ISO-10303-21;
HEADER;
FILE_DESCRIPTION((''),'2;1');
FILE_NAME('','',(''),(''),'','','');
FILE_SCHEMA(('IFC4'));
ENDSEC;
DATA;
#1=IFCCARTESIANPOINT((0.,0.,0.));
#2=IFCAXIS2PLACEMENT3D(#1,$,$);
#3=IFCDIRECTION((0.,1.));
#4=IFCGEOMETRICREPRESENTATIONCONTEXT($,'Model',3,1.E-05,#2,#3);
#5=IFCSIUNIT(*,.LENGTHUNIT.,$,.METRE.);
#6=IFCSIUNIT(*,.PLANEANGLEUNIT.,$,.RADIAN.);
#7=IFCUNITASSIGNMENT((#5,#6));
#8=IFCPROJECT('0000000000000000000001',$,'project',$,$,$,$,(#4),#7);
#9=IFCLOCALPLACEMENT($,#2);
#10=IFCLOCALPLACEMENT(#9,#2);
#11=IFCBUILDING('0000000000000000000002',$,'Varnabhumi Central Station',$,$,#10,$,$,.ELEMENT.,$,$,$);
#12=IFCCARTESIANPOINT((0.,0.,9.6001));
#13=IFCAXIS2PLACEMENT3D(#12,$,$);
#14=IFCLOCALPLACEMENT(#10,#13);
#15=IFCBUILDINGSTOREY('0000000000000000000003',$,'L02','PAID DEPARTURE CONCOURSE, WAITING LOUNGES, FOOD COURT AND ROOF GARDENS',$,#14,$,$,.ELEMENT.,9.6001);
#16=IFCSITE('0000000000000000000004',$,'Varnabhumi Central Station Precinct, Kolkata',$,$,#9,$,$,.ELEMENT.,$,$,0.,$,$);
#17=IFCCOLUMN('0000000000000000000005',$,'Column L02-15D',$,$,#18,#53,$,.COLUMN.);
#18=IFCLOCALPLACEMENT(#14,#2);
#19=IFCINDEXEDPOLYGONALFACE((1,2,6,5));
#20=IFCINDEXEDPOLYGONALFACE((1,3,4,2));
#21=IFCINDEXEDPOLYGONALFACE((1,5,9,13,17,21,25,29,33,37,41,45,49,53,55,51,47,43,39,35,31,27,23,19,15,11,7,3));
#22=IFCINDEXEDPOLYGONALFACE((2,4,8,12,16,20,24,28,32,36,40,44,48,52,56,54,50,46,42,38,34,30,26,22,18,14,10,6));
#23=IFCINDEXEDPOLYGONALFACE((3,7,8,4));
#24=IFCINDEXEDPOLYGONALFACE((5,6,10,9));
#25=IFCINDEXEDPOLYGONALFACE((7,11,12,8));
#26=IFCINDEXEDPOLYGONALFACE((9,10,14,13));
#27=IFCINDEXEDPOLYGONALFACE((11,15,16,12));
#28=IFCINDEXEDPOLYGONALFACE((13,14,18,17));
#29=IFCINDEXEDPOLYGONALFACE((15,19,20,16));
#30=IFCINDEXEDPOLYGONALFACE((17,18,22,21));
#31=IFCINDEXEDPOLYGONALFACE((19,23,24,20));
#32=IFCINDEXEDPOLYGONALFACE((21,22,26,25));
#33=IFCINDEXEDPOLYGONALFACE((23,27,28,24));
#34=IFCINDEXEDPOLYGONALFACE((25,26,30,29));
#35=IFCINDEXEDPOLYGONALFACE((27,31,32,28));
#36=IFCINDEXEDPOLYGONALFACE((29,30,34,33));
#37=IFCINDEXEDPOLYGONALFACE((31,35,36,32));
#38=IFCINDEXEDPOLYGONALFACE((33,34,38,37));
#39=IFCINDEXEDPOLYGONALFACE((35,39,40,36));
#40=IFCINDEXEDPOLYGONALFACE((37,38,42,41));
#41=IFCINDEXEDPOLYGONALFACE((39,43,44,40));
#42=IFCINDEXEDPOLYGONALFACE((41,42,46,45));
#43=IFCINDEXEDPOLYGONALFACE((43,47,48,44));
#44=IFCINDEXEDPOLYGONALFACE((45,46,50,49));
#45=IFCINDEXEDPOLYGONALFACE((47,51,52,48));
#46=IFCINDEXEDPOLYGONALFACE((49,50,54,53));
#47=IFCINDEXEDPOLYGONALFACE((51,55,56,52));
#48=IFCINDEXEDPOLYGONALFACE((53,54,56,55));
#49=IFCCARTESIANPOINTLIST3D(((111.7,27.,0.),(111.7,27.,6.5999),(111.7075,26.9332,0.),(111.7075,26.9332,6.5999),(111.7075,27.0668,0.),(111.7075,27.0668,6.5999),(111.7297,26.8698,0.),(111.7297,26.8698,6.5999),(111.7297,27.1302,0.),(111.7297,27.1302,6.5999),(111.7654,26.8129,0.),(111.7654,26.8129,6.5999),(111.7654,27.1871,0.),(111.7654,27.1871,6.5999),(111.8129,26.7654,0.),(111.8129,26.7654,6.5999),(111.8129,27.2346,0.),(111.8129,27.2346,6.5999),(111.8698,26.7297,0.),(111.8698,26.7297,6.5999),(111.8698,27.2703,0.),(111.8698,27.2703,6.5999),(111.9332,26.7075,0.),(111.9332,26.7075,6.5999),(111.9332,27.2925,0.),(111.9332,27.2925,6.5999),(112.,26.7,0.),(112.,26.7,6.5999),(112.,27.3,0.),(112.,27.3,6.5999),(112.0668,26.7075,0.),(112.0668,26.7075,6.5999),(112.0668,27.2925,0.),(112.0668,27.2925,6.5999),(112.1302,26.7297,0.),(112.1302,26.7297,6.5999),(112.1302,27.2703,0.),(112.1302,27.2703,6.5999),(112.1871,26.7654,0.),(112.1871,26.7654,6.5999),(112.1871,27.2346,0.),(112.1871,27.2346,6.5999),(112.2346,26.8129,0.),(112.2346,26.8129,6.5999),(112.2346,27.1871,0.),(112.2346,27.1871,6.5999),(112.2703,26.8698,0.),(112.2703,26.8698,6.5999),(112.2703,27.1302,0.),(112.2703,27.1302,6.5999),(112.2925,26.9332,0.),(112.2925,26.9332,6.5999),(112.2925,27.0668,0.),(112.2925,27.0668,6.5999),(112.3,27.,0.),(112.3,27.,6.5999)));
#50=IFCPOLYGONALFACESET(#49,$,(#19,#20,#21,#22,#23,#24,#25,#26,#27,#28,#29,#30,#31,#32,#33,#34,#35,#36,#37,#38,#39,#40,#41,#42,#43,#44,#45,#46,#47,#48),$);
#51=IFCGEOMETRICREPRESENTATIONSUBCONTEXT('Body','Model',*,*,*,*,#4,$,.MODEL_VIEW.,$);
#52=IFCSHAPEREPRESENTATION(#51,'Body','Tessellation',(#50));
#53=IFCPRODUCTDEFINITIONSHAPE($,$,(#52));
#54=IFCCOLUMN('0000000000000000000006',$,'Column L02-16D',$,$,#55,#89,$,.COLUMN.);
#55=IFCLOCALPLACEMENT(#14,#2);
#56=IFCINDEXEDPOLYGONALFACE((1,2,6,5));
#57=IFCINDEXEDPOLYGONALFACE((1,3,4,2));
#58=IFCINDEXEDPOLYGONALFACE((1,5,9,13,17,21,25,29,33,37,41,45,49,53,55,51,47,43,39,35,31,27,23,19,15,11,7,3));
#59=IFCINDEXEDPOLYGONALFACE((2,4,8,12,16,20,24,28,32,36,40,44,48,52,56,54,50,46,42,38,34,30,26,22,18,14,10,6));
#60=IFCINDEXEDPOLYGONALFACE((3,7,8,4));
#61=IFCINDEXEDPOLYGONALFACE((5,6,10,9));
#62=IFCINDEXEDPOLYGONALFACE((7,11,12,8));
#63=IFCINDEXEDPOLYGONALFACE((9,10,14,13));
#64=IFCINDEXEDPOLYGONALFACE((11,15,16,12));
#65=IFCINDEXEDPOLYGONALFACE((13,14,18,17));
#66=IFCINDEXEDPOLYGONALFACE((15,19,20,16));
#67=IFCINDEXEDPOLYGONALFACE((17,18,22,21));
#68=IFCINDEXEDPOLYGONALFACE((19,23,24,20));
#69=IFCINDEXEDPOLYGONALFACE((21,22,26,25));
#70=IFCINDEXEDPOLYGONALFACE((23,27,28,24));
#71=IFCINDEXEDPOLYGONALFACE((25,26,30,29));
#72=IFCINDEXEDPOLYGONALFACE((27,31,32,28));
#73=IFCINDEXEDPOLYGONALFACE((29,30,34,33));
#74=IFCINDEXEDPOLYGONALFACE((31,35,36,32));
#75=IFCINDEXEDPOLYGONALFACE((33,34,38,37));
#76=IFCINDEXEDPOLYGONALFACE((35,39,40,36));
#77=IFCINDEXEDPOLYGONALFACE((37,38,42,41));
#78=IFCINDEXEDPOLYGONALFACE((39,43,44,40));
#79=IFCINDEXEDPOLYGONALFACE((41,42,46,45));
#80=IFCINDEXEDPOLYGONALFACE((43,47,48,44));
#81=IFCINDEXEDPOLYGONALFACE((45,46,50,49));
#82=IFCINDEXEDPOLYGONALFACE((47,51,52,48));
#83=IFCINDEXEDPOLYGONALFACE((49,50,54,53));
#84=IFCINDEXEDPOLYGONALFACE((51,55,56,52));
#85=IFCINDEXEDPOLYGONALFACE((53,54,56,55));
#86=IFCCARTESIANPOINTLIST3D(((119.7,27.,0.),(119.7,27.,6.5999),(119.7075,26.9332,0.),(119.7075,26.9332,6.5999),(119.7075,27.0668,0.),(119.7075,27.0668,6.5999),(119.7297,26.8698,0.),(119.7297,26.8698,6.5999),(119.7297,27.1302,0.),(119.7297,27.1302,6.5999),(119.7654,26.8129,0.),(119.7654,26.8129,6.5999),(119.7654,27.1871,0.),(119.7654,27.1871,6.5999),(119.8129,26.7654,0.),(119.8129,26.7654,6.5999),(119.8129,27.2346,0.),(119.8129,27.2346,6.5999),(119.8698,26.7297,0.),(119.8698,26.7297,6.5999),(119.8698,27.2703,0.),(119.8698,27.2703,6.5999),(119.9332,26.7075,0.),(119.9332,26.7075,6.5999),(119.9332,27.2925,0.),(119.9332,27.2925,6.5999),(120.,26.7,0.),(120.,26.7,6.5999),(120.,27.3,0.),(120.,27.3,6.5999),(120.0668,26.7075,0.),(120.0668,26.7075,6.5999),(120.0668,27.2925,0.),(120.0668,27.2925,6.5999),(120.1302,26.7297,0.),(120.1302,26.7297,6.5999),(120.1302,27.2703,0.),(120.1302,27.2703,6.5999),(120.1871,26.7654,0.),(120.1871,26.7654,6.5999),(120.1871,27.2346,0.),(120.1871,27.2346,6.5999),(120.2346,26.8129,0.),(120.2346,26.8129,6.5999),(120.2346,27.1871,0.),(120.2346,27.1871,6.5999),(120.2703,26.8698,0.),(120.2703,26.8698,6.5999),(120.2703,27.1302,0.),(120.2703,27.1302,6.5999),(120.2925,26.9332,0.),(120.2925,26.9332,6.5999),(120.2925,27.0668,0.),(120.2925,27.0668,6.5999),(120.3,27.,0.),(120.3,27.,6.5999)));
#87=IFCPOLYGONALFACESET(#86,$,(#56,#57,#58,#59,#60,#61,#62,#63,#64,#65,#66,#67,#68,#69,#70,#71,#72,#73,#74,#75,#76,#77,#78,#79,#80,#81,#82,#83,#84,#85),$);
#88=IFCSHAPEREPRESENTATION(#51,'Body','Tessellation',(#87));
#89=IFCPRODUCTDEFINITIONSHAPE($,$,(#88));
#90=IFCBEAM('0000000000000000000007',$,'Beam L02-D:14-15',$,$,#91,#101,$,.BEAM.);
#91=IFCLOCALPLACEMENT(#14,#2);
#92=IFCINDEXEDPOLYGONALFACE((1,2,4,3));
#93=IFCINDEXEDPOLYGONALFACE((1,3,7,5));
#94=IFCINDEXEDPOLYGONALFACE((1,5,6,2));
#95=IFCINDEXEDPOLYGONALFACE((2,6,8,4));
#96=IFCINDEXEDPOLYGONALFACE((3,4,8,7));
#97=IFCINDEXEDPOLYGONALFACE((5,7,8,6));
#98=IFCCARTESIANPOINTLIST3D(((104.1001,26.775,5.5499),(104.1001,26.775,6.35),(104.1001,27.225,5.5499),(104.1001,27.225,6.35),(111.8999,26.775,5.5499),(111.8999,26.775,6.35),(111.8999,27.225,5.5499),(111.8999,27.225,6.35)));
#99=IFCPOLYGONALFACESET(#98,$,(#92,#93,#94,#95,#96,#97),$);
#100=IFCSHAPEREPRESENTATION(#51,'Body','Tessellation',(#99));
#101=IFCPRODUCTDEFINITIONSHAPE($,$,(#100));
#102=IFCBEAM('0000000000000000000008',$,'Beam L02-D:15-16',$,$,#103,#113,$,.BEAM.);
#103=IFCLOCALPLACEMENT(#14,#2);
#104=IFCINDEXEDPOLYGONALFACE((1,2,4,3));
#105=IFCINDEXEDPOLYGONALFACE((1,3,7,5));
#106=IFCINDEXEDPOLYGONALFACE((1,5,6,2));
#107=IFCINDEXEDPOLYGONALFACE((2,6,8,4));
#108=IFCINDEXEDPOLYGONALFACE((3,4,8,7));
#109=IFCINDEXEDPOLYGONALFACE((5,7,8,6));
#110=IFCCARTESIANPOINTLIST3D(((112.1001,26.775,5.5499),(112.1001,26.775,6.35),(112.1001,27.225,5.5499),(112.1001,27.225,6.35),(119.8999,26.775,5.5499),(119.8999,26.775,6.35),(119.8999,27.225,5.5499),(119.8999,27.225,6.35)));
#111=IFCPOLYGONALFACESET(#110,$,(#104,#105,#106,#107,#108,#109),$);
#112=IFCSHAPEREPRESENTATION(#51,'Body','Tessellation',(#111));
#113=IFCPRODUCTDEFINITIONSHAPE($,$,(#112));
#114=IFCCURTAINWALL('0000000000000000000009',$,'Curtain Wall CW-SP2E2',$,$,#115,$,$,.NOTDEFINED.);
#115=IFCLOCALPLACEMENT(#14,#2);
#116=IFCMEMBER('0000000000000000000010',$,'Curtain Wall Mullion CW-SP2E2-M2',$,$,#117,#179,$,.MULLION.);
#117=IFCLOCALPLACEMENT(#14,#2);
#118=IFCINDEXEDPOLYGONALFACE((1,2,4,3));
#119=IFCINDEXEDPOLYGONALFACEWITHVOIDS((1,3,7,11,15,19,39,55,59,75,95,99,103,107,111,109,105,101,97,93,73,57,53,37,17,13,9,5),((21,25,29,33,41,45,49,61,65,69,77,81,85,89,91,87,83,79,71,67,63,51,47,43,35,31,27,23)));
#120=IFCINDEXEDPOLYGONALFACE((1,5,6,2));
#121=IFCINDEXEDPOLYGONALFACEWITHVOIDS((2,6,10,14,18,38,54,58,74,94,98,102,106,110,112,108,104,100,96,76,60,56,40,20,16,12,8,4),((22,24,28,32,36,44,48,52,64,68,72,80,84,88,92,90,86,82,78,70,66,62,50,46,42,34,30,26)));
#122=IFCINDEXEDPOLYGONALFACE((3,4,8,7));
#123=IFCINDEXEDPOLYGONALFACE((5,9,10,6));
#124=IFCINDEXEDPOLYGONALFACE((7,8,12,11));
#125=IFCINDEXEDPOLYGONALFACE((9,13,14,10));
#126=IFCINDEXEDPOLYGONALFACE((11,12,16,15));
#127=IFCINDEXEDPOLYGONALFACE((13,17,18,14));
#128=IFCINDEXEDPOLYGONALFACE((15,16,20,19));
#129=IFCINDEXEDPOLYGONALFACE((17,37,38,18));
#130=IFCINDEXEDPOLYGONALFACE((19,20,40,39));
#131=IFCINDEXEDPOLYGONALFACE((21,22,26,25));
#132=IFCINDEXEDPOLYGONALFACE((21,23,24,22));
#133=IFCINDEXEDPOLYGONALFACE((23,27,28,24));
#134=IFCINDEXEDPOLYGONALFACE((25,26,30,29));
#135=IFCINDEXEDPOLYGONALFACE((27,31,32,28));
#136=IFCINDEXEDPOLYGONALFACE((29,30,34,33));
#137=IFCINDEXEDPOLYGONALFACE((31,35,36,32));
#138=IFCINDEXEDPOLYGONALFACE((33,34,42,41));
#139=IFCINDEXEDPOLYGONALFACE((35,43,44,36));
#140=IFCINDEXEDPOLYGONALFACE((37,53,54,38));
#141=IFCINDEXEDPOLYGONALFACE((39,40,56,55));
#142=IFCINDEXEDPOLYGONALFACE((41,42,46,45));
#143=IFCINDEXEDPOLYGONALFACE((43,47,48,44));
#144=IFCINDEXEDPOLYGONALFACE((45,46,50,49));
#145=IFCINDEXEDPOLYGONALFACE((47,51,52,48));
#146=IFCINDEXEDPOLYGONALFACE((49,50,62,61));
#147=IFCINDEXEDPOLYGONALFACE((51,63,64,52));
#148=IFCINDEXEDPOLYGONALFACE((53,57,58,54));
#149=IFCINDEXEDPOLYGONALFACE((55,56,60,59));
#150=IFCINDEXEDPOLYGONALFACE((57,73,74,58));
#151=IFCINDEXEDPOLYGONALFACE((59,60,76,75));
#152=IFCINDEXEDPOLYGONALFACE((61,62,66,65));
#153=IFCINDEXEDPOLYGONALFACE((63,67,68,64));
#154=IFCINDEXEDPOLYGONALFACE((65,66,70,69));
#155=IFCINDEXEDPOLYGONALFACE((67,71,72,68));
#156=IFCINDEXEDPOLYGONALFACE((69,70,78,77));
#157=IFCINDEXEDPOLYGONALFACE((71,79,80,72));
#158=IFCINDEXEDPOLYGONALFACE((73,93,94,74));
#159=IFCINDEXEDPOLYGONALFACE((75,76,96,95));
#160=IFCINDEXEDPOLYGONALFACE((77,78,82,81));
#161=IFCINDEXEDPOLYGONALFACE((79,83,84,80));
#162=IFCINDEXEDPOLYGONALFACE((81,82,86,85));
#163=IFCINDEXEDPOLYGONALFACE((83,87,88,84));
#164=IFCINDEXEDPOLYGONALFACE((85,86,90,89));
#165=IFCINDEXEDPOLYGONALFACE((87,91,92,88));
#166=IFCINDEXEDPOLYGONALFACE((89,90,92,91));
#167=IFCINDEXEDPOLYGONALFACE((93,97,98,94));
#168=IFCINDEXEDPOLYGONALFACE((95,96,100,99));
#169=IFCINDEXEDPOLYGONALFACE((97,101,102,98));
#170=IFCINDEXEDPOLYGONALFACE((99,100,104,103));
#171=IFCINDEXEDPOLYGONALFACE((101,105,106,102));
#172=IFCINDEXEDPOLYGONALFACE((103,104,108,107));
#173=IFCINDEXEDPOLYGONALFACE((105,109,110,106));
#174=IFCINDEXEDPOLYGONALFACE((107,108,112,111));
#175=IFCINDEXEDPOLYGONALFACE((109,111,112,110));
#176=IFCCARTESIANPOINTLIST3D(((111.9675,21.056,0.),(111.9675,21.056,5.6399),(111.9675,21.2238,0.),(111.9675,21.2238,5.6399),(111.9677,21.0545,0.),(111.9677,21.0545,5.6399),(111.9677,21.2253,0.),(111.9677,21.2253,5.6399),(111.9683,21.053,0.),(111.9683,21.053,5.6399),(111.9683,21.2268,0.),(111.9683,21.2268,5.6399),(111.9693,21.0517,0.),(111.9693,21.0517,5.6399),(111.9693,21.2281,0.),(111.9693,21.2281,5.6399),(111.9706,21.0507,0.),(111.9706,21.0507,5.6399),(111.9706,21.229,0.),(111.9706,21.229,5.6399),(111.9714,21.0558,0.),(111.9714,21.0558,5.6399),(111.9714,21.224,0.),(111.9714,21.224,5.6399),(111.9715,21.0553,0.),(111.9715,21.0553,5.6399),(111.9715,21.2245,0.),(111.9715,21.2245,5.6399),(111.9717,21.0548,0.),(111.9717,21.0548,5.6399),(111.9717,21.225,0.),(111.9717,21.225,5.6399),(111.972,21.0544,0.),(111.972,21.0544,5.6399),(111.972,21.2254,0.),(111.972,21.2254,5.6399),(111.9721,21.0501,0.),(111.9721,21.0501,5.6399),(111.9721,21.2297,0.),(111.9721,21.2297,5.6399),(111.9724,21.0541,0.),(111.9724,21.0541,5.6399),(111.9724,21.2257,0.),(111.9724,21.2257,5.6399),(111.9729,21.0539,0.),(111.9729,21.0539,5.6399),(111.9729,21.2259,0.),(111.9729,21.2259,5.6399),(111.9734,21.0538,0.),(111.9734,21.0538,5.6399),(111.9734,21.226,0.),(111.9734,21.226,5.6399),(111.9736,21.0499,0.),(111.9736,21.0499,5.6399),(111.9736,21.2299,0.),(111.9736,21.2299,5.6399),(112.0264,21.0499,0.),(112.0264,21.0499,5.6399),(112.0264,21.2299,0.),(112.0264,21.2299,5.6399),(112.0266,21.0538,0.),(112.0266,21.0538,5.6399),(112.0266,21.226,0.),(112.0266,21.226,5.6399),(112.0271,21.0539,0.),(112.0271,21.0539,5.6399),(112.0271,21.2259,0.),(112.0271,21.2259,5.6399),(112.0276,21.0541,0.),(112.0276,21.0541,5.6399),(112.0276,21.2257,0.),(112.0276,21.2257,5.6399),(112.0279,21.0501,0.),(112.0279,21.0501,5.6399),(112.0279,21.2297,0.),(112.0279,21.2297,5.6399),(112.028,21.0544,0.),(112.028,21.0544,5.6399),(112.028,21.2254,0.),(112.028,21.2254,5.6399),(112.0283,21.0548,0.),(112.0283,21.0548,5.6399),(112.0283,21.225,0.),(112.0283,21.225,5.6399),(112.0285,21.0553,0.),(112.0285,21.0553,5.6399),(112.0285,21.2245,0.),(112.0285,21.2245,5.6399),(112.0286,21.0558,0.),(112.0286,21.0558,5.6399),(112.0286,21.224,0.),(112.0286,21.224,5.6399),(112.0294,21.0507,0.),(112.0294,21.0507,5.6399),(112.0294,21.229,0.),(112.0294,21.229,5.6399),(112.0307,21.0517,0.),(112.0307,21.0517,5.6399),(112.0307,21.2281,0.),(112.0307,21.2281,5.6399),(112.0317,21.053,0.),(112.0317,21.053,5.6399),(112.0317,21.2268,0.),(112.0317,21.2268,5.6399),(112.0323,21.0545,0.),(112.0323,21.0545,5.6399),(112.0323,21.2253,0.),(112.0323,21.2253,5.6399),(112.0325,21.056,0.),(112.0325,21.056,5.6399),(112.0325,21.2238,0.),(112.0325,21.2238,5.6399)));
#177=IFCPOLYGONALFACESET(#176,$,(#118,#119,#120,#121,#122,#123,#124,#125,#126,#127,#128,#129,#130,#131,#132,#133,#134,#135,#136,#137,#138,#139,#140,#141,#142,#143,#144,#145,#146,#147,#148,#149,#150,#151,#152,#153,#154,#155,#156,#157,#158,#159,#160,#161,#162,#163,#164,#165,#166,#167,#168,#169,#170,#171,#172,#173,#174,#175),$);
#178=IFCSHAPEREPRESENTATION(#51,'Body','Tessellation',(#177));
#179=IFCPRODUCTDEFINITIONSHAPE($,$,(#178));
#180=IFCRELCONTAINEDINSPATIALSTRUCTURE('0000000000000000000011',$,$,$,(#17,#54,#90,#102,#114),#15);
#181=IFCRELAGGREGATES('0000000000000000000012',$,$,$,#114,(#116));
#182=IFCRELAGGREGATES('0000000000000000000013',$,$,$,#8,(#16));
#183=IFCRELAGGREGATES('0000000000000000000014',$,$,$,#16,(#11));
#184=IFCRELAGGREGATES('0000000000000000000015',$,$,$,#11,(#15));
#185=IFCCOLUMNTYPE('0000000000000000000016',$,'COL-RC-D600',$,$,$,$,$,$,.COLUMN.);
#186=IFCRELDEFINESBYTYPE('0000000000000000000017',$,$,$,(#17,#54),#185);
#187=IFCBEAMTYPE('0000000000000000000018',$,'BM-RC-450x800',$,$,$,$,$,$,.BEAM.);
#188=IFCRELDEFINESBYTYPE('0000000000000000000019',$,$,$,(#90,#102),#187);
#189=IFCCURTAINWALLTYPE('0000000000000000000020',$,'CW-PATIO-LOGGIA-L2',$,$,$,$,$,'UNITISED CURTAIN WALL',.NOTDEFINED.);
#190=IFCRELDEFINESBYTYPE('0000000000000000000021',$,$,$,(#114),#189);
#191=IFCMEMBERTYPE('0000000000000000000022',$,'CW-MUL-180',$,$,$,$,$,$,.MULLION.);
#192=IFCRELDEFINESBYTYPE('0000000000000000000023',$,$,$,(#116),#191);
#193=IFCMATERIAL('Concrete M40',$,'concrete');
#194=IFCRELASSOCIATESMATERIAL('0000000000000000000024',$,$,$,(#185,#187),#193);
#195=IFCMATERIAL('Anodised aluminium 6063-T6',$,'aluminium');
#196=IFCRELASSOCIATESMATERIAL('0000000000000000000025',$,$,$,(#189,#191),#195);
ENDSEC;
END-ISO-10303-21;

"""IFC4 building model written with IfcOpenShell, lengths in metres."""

from ifc_helpers import new_model, si_unit, direction, frame, origin, origin_2d, place, context, subcontext, project, spatial, rectangle, hollow_rectangle, circle, extrude, material, material_profile, profile_set, type_object, element, aggregate, save


model = new_model("IFC4")

# Units and contexts
model_context = context("Model", 3, precision=1e-05, world=origin(), true_north=direction((0.0, 1.0)))
body_context = subcontext(model_context, "Body", "Model", "MODEL_VIEW")
ifc_project = project(units=[si_unit("LENGTHUNIT", "METRE"), si_unit("PLANEANGLEUNIT", "RADIAN")], contexts=[model_context])

# Site, building, storey
site_placement = place(None, origin())
site = spatial("IfcSite", under=ifc_project, at=site_placement, Name="Varnabhumi Central Station Precinct, Kolkata", CompositionType="ELEMENT", RefElevation=0.0)
building_placement = place(site_placement, origin())
building = spatial("IfcBuilding", under=site, at=building_placement, Name="Varnabhumi Central Station", CompositionType="ELEMENT")
storey_placement = place(building_placement, frame((0.0, 0.0, 9.6001)))
storey = spatial("IfcBuildingStorey", under=building, at=storey_placement, Name="L02", Description="PAID DEPARTURE CONCOURSE, WAITING LOUNGES, FOOD COURT AND ROOF GARDENS", CompositionType="ELEMENT", Elevation=9.6001)

# Columns
ifc_material_1 = material(Name="Concrete M40", Category="concrete")
ifc_material_profile_1 = material_profile(ifc_material_1, circle(Radius=0.3, at=origin_2d()), Name="Concrete M40", Category="concrete")
ifc_profile_set_1 = profile_set([ifc_material_profile_1], Name="Concrete M40")
column_type = type_object("IfcColumnType", Name="COL-RC-D600", PredefinedType="COLUMN", material=ifc_profile_set_1)
for number, where, z_axis, x_axis, name in (
    (1, (112.0, 27.0, 0.0), (0.0, 0.0, 1.0), (1.0, 0.0, 0.0), "Column L02-15D"),
    (2, (120.0, 27.0, 0.0), (0.0, 0.0, 1.0), (1.0, 0.0, 0.0), "Column L02-16D"),
):
    element("IfcColumn", number, at=place(storey_placement, frame(where, z_axis=z_axis, x_axis=x_axis)), inside=storey, type_object=column_type, Name=name, PredefinedType="COLUMN", context=body_context, shape_type="SweptSolid", body=[
        extrude(circle(Radius=0.3, at=origin_2d()), origin(), (0.0, 0.0, 1.0), 6.5999),
    ])

# Beams
ifc_material_profile_2 = material_profile(ifc_material_1, rectangle(XDim=0.45, YDim=0.8, at=origin_2d()), Name="Concrete M40", Category="concrete")
ifc_profile_set_2 = profile_set([ifc_material_profile_2], Name="Concrete M40")
beam_type = type_object("IfcBeamType", Name="BM-RC-450x800", PredefinedType="BEAM", material=ifc_profile_set_2)
for number, where, z_axis, x_axis, name in (
    (3, (104.1001, 27.0, 5.95), (1.0, 0.0, 0.0), (0.0, 1.0, 0.0), "Beam L02-D:14-15"),
    (4, (112.1001, 27.0, 5.95), (1.0, 0.0, 0.0), (0.0, 1.0, 0.0), "Beam L02-D:15-16"),
):
    element("IfcBeam", number, at=place(storey_placement, frame(where, z_axis=z_axis, x_axis=x_axis)), inside=storey, type_object=beam_type, Name=name, PredefinedType="BEAM", context=body_context, shape_type="SweptSolid", body=[
        extrude(rectangle(XDim=0.45, YDim=0.8, at=origin_2d()), origin(), (0.0, 0.0, 1.0), 7.7998),
    ])

# Curtain wall, member
ifc_material_2 = material(Name="Anodised aluminium 6063-T6", Category="aluminium")
curtain_wall_type = type_object("IfcCurtainWallType", Name="CW-PATIO-LOGGIA-L2", ElementType="UNITISED CURTAIN WALL", PredefinedType="NOTDEFINED", material=ifc_material_2)
curtain_wall_1_placement = place(storey_placement, origin())
curtain_wall_1 = element("IfcCurtainWall", 5, at=curtain_wall_1_placement, inside=storey, type_object=curtain_wall_type, Name="Curtain Wall CW-SP2E2", PredefinedType="NOTDEFINED")
ifc_material_profile_3 = material_profile(ifc_material_2, hollow_rectangle(XDim=0.0649, YDim=0.1799, WallThickness=0.0039, InnerFilletRadius=0.002, OuterFilletRadius=0.0061, at=origin_2d()), Name="Anodised aluminium 6063-T6", Category="aluminium")
ifc_profile_set_3 = profile_set([ifc_material_profile_3], Name="Anodised aluminium 6063-T6")
member_type_1 = type_object("IfcMemberType", Name="CW-MUL-180", PredefinedType="MULLION", material=ifc_profile_set_3)
member_1_placement = place(storey_placement, frame((112.0, 21.1399, 0.0), z_axis=(0.0, 0.0, 1.0), x_axis=(1.0, 0.0, 0.0)))
member_1 = element("IfcMember", 6, at=member_1_placement, type_object=member_type_1, Name="Curtain Wall Mullion CW-SP2E2-M2", PredefinedType="MULLION", context=body_context, shape_type="SweptSolid", body=[
    extrude(hollow_rectangle(XDim=0.0649, YDim=0.1799, WallThickness=0.0039, InnerFilletRadius=0.002, OuterFilletRadius=0.0061, at=origin_2d()), origin(), (0.0, 0.0, 1.0), 5.6399),
])

aggregate(curtain_wall_1, [member_1])

save(model, "model.ifc")
